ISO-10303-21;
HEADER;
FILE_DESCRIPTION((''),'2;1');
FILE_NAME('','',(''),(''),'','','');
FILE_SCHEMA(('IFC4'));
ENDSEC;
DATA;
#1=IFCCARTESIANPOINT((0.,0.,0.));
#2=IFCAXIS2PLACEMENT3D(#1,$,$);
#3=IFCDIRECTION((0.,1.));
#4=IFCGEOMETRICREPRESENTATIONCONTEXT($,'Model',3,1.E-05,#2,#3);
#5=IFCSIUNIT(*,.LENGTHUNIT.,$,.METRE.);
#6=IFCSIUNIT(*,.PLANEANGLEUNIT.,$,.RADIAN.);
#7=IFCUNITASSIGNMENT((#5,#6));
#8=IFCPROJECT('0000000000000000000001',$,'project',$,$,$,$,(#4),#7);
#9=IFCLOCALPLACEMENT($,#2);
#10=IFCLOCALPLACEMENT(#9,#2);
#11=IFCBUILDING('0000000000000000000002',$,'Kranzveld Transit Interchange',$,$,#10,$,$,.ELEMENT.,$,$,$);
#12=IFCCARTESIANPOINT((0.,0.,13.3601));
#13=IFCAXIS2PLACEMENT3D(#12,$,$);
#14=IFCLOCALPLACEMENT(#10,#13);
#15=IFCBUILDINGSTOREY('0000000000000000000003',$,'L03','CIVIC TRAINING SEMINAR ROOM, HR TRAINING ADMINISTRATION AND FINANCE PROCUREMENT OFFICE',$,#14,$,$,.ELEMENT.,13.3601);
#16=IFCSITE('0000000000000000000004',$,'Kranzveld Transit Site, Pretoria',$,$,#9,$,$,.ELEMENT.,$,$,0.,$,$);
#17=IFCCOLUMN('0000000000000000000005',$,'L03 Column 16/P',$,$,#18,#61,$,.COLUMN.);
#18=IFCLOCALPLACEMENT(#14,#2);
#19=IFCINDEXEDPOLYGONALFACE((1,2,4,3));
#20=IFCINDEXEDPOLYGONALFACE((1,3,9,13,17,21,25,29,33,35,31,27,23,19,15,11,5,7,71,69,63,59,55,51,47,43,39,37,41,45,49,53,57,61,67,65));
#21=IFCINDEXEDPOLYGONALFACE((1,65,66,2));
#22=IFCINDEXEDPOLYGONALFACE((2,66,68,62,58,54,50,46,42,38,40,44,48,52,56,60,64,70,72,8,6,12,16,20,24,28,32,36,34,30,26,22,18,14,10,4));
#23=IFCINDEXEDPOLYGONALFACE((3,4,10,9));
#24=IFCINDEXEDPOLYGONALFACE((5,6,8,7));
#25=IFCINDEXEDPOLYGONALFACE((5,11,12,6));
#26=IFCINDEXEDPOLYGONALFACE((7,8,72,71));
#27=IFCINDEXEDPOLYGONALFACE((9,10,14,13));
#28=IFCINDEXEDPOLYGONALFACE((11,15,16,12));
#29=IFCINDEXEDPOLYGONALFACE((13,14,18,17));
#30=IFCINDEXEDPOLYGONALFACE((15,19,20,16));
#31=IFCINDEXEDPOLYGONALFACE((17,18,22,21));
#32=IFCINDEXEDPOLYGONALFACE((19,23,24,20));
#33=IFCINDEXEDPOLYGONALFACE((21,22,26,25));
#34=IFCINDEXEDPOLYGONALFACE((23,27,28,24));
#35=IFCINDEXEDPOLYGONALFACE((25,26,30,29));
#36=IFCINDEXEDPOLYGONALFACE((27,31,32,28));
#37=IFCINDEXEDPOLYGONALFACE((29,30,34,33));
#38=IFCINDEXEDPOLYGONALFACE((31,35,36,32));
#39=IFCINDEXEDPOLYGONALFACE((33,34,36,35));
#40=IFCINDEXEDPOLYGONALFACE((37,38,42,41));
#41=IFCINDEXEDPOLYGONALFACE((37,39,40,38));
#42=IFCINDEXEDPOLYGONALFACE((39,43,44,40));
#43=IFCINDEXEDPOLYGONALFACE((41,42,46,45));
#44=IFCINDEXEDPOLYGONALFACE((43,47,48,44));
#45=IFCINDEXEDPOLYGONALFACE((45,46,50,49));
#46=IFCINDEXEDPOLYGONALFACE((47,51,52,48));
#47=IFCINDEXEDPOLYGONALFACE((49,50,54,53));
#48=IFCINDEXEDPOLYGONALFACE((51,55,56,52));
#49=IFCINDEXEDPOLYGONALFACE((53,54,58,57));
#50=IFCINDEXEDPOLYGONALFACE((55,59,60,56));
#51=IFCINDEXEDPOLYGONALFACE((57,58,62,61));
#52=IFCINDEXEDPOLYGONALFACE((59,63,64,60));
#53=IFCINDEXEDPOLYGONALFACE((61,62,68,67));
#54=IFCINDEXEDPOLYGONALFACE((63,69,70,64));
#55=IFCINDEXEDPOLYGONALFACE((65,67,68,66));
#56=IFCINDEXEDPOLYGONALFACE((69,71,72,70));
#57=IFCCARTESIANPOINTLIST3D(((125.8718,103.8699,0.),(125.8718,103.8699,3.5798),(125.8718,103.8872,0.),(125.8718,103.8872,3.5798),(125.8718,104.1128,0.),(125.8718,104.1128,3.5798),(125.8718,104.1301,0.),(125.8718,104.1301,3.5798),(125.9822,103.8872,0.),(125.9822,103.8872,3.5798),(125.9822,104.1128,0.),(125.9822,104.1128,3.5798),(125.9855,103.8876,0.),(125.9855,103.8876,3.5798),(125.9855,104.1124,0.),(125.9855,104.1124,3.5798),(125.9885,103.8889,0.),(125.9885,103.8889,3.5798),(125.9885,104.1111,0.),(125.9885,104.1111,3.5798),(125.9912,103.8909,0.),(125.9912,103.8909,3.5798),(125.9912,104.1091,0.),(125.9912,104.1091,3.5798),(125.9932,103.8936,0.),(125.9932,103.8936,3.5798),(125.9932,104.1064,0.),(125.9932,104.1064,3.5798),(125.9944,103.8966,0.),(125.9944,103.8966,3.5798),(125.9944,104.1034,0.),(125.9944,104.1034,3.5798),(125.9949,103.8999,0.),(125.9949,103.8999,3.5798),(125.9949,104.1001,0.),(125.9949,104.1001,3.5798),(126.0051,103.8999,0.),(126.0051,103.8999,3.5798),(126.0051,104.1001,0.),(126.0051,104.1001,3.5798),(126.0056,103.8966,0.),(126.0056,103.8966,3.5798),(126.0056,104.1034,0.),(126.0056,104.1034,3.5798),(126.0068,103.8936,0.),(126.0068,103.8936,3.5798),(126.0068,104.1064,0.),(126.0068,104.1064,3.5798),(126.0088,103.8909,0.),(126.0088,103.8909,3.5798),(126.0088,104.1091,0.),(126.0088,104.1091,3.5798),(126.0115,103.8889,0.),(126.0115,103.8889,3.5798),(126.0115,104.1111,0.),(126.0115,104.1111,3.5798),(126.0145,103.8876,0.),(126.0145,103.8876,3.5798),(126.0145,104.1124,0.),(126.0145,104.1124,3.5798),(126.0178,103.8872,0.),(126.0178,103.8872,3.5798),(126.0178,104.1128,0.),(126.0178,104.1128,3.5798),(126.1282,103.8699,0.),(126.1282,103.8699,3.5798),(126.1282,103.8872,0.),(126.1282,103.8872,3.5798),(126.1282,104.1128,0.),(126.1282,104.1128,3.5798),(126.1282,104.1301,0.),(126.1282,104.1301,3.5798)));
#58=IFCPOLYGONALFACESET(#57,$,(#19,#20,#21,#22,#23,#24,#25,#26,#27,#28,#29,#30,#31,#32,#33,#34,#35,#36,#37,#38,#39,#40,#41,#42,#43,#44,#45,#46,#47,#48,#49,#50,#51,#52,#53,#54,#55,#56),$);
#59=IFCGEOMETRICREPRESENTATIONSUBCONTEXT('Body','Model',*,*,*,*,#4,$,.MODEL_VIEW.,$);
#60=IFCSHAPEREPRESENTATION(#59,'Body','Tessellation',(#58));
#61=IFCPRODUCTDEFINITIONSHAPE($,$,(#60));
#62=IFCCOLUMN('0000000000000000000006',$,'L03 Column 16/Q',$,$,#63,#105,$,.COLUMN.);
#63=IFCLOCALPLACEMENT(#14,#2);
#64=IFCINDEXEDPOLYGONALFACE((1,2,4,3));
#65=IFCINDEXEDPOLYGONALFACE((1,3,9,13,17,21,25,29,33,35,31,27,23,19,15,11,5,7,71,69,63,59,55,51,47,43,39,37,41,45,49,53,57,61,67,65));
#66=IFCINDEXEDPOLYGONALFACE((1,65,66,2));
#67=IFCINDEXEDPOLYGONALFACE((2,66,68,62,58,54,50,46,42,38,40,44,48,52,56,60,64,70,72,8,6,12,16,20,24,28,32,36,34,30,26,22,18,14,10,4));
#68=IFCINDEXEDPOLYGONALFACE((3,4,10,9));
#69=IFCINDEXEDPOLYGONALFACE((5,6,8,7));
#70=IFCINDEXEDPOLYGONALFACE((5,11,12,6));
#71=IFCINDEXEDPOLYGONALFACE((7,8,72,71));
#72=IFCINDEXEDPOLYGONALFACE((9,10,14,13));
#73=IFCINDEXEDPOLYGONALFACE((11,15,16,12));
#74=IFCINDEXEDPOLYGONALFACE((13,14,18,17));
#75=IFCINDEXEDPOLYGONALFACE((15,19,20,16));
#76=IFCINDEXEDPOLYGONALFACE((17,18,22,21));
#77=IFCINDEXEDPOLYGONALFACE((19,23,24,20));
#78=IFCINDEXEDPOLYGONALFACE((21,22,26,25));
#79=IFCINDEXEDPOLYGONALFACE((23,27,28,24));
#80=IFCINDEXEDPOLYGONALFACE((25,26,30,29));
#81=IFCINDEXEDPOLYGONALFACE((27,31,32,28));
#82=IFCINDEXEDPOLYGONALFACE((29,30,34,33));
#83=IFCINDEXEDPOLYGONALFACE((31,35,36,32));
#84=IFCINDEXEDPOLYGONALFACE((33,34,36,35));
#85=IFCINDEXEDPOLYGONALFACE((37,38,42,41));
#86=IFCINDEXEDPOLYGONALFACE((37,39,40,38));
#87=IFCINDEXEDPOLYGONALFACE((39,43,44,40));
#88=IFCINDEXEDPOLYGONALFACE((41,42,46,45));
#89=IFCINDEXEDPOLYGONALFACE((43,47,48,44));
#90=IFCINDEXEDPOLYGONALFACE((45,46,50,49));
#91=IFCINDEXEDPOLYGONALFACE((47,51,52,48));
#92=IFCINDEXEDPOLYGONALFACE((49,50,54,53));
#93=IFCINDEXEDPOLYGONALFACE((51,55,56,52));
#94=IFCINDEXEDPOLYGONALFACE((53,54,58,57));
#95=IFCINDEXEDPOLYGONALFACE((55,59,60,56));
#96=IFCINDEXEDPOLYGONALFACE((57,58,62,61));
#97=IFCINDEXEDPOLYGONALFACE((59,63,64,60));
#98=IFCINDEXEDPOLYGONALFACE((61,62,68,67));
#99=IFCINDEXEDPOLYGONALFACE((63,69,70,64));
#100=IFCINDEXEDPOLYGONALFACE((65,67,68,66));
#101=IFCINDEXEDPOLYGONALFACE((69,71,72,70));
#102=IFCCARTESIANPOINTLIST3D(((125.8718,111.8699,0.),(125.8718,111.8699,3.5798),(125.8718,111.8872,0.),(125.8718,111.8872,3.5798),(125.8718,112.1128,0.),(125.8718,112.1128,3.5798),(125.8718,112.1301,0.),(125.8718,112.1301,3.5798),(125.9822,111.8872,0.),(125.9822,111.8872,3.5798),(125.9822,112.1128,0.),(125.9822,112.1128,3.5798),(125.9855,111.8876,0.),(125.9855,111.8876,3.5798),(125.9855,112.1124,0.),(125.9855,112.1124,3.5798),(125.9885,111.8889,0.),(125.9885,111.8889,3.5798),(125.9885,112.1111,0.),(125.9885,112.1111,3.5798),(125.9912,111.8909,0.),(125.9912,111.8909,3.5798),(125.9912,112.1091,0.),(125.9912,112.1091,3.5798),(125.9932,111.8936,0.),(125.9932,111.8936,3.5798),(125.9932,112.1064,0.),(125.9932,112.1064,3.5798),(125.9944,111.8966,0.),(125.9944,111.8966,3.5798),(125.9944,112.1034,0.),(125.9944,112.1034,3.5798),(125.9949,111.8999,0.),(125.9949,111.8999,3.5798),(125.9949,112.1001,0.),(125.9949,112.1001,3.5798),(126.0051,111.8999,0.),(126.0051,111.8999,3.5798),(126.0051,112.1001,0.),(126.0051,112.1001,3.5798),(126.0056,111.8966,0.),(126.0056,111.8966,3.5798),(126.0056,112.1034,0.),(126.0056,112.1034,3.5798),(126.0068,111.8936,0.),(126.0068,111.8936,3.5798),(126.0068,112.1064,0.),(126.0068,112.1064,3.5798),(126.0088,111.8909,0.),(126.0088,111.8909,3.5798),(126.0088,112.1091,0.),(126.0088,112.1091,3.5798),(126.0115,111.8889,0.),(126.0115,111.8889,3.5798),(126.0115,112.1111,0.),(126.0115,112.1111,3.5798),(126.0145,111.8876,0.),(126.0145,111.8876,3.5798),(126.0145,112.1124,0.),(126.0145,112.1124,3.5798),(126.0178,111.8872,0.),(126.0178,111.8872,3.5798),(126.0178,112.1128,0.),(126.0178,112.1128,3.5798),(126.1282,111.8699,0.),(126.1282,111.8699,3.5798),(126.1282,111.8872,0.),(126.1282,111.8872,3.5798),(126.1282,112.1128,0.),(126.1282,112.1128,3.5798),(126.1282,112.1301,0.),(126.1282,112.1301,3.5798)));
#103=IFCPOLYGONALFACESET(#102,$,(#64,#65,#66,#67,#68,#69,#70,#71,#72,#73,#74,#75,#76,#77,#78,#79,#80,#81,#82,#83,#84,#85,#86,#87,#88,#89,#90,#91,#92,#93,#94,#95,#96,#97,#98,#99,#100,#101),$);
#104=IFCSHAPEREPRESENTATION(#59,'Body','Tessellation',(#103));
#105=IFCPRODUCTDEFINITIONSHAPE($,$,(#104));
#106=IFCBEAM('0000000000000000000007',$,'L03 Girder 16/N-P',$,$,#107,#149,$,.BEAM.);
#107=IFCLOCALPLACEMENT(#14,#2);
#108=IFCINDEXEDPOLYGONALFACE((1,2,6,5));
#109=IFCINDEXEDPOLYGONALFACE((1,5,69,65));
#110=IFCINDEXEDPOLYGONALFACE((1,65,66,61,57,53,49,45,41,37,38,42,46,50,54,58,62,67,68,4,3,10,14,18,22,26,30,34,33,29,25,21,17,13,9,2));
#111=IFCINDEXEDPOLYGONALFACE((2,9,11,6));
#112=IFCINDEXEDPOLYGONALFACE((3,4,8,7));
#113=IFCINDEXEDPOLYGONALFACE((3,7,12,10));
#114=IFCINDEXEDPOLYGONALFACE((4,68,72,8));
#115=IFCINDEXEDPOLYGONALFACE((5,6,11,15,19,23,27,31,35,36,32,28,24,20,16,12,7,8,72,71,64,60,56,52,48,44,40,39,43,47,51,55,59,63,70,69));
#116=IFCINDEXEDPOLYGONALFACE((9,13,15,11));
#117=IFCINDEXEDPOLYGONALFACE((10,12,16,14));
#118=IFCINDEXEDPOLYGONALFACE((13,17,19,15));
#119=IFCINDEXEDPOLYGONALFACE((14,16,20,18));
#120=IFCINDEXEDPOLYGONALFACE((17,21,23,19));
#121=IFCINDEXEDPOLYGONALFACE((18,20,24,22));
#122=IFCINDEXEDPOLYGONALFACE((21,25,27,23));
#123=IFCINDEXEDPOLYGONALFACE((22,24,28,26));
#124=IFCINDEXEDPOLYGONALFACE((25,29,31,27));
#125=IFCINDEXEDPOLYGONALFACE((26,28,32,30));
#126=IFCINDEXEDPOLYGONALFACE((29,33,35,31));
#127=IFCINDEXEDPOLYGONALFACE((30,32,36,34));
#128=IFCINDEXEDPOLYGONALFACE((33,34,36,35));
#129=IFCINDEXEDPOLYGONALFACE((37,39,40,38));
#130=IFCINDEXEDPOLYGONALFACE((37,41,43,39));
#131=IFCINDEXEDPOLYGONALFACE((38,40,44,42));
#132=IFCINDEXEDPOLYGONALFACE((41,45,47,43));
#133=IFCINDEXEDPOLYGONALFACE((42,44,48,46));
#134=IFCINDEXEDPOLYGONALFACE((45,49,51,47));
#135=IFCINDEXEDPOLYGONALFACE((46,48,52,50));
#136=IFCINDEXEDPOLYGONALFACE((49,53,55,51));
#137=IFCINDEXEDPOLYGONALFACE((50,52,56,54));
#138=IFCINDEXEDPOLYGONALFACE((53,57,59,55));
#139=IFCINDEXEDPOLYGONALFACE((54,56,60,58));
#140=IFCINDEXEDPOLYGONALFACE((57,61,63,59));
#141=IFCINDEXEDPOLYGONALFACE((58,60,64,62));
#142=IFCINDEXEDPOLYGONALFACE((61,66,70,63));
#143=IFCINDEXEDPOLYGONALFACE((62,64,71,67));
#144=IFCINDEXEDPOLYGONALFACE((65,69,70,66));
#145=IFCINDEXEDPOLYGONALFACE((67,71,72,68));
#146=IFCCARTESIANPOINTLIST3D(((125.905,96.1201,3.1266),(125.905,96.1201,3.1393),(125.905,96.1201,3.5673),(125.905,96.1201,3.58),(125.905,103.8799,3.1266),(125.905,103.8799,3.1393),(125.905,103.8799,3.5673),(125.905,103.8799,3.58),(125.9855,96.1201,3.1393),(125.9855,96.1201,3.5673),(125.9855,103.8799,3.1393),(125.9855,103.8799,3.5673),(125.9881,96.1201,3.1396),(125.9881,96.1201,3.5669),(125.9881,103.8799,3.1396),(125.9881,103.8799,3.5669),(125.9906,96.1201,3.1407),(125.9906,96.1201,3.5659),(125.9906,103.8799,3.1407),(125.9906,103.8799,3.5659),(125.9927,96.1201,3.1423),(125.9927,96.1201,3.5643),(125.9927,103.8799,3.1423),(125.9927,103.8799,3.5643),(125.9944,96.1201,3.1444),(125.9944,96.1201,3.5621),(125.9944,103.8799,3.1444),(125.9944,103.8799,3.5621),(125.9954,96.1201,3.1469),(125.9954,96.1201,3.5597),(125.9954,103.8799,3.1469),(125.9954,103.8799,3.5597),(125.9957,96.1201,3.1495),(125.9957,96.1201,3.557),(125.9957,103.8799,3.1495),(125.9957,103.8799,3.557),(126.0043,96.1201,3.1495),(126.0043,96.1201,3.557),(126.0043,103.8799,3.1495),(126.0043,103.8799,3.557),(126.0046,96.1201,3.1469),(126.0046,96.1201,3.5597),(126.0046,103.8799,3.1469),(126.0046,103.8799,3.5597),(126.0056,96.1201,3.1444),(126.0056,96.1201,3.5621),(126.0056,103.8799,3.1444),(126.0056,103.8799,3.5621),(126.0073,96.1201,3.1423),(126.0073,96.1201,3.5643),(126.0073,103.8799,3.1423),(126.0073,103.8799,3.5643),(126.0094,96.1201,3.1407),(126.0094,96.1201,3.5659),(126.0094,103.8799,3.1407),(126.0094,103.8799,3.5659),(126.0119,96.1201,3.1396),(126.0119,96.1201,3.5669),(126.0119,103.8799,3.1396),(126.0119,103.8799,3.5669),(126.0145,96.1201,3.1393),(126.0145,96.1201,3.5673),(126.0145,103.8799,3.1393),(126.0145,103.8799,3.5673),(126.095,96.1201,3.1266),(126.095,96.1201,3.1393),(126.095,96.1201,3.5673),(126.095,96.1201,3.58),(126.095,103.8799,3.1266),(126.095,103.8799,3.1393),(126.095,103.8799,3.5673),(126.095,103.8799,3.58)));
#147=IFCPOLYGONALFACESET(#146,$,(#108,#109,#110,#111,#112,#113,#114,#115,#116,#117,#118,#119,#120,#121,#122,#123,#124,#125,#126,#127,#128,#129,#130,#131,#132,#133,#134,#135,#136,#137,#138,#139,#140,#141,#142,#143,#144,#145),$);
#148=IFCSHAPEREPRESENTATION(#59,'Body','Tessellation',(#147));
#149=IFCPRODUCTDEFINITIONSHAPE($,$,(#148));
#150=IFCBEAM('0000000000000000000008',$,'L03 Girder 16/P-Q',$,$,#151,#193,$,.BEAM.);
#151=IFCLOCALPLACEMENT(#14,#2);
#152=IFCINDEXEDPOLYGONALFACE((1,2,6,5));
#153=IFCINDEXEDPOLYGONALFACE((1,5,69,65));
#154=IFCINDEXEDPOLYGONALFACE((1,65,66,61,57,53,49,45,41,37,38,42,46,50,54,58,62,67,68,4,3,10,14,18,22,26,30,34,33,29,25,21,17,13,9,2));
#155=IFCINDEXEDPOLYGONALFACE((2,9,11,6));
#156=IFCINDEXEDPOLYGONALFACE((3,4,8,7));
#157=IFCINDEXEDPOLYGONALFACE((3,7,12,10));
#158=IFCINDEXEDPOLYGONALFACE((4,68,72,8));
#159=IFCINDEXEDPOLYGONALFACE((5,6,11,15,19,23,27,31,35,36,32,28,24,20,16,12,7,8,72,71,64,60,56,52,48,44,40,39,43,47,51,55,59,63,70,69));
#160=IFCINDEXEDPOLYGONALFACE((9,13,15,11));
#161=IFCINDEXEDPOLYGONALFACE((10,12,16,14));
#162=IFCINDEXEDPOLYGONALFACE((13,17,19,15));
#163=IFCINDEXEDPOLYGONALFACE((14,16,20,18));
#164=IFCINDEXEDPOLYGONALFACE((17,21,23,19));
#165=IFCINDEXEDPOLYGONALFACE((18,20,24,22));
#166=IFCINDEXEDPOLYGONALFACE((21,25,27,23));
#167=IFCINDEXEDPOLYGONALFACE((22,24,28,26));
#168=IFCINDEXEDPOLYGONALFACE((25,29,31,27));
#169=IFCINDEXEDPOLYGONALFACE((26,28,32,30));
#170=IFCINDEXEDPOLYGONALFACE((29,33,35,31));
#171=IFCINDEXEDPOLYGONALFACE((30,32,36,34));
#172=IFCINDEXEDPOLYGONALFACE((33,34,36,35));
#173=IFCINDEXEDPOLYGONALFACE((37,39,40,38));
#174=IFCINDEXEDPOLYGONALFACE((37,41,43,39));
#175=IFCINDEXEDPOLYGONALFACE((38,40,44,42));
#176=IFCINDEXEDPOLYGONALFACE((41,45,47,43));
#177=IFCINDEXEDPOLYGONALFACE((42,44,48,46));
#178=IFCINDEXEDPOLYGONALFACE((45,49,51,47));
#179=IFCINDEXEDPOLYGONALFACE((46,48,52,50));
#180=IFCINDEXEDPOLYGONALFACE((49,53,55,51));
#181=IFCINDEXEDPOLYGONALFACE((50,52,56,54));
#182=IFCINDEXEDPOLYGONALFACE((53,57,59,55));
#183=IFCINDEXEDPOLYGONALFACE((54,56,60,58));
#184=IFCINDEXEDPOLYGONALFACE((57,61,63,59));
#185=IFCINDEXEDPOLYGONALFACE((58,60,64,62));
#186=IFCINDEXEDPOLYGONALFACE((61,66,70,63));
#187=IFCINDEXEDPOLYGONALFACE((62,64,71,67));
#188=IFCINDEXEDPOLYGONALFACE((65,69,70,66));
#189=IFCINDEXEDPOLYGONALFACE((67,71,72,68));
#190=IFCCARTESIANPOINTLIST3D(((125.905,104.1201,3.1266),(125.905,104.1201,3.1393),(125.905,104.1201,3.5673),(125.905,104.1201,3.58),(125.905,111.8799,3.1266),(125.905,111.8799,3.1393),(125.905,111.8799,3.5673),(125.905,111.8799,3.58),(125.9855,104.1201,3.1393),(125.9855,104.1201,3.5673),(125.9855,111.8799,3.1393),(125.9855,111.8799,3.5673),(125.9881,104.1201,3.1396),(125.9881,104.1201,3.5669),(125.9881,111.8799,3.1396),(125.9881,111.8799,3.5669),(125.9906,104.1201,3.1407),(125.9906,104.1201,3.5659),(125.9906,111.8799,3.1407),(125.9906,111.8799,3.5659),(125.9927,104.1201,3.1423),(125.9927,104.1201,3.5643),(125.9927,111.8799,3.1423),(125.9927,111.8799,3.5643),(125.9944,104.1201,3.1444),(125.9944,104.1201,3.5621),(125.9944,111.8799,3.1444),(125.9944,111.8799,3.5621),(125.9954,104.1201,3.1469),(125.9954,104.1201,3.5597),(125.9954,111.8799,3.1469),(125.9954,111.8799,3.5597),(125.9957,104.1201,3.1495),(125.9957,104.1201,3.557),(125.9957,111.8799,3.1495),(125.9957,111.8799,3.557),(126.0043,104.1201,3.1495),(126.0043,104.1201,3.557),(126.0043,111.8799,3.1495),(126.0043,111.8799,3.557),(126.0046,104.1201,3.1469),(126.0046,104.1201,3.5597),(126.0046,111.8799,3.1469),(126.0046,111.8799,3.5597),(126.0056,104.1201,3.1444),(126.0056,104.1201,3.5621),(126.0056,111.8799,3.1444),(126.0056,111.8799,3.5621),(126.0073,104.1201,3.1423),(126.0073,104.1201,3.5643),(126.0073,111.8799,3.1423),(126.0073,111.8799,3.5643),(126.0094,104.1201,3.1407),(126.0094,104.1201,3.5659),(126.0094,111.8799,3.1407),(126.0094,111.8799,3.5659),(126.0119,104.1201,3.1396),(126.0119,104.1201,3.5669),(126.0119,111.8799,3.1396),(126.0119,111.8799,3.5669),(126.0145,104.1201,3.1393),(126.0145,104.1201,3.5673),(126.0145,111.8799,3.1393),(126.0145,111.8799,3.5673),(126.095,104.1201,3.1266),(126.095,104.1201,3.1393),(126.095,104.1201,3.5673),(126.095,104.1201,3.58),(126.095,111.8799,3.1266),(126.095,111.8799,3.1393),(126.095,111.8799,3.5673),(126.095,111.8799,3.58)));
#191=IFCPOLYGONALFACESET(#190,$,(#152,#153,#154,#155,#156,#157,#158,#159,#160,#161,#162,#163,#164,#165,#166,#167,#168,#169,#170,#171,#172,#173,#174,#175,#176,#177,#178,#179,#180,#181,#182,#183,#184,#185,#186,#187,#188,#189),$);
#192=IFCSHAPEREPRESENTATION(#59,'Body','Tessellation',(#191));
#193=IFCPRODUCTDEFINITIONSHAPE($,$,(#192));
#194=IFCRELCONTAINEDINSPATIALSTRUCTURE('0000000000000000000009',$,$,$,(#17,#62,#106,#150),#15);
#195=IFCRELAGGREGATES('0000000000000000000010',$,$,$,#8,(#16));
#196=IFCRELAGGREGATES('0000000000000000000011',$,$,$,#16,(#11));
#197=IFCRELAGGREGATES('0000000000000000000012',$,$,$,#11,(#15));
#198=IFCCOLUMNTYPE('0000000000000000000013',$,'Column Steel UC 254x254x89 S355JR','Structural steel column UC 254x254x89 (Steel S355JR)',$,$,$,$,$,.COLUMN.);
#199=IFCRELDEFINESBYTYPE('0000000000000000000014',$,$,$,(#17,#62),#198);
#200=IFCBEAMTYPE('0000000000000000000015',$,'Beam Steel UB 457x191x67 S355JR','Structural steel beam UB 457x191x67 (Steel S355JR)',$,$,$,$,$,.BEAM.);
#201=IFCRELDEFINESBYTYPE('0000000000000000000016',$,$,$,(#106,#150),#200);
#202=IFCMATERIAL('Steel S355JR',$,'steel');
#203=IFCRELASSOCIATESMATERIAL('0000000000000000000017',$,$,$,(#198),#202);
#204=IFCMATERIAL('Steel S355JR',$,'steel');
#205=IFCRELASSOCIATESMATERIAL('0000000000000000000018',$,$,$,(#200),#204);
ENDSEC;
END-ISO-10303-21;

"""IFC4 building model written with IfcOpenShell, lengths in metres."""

from ifc_helpers import new_model, si_unit, direction, frame, origin, origin_2d, place, context, subcontext, project, spatial, i_section, extrude, material, material_profile, profile_set, type_object, element, save


model = new_model("IFC4")

# Units and contexts
model_context = context("Model", 3, precision=1e-05, world=origin(), true_north=direction((0.0, 1.0)))
body_context = subcontext(model_context, "Body", "Model", "MODEL_VIEW")
ifc_project = project(units=[si_unit("LENGTHUNIT", "METRE"), si_unit("PLANEANGLEUNIT", "RADIAN")], contexts=[model_context])

# Site, building, storey
site_placement = place(None, origin())
site = spatial("IfcSite", under=ifc_project, at=site_placement, Name="Kranzveld Transit Site, Pretoria", CompositionType="ELEMENT", RefElevation=0.0)
building_placement = place(site_placement, origin())
building = spatial("IfcBuilding", under=site, at=building_placement, Name="Kranzveld Transit Interchange", CompositionType="ELEMENT")
storey_placement = place(building_placement, frame((0.0, 0.0, 13.3601)))
storey = spatial("IfcBuildingStorey", under=building, at=storey_placement, Name="L03", Description="CIVIC TRAINING SEMINAR ROOM, HR TRAINING ADMINISTRATION AND FINANCE PROCUREMENT OFFICE", CompositionType="ELEMENT", Elevation=13.3601)

# Columns
ifc_material_1 = material(Name="Steel S355JR", Category="steel")
ifc_material_profile_1 = material_profile(ifc_material_1, i_section(OverallWidth=0.2563, OverallDepth=0.2603, WebThickness=0.0103, FlangeThickness=0.0173, FilletRadius=0.0127, at=origin_2d()), Name="UC 254x254x89")
ifc_profile_set_1 = profile_set([ifc_material_profile_1], Name="Steel S355JR")
column_type = type_object("IfcColumnType", Name="Column Steel UC 254x254x89 S355JR", Description="Structural steel column UC 254x254x89 (Steel S355JR)", PredefinedType="COLUMN", material=ifc_profile_set_1)
for number, where, z_axis, x_axis, name in (
    (1, (126.0, 104.0, 0.0), (0.0, 0.0, 1.0), (1.0, 0.0, 0.0), "L03 Column 16/P"),
    (2, (126.0, 112.0, 0.0), (0.0, 0.0, 1.0), (1.0, 0.0, 0.0), "L03 Column 16/Q"),
):
    element("IfcColumn", number, at=place(storey_placement, frame(where, z_axis=z_axis, x_axis=x_axis)), inside=storey, type_object=column_type, Name=name, PredefinedType="COLUMN", context=body_context, shape_type="SweptSolid", body=[
        extrude(i_section(OverallWidth=0.2563, OverallDepth=0.2603, WebThickness=0.0103, FlangeThickness=0.0173, FilletRadius=0.0127, at=origin_2d()), origin(), (0.0, 0.0, 1.0), 3.5798),
    ])

# Beams
ifc_material_2 = material(Name="Steel S355JR", Category="steel")
ifc_material_profile_2 = material_profile(ifc_material_2, i_section(OverallWidth=0.1899, OverallDepth=0.4534, WebThickness=0.0085, FlangeThickness=0.0127, FilletRadius=0.0103, at=origin_2d()), Name="UB 457x191x67")
ifc_profile_set_2 = profile_set([ifc_material_profile_2], Name="Steel S355JR")
beam_type_1 = type_object("IfcBeamType", Name="Beam Steel UB 457x191x67 S355JR", Description="Structural steel beam UB 457x191x67 (Steel S355JR)", PredefinedType="BEAM", material=ifc_profile_set_2)
for number, where, z_axis, x_axis, name in (
    (3, (126.0, 96.1201, 3.3533), (0.0, 1.0, 0.0), (-1.0, 0.0, 0.0), "L03 Girder 16/N-P"),
    (4, (126.0, 104.1201, 3.3533), (0.0, 1.0, 0.0), (-1.0, 0.0, 0.0), "L03 Girder 16/P-Q"),
):
    element("IfcBeam", number, at=place(storey_placement, frame(where, z_axis=z_axis, x_axis=x_axis)), inside=storey, type_object=beam_type_1, Name=name, PredefinedType="BEAM", context=body_context, shape_type="SweptSolid", body=[
        extrude(i_section(OverallWidth=0.1899, OverallDepth=0.4534, WebThickness=0.0085, FlangeThickness=0.0127, FilletRadius=0.0103, at=origin_2d()), origin(), (0.0, 0.0, 1.0), 7.7598),
    ])

save(model, "model.ifc")
